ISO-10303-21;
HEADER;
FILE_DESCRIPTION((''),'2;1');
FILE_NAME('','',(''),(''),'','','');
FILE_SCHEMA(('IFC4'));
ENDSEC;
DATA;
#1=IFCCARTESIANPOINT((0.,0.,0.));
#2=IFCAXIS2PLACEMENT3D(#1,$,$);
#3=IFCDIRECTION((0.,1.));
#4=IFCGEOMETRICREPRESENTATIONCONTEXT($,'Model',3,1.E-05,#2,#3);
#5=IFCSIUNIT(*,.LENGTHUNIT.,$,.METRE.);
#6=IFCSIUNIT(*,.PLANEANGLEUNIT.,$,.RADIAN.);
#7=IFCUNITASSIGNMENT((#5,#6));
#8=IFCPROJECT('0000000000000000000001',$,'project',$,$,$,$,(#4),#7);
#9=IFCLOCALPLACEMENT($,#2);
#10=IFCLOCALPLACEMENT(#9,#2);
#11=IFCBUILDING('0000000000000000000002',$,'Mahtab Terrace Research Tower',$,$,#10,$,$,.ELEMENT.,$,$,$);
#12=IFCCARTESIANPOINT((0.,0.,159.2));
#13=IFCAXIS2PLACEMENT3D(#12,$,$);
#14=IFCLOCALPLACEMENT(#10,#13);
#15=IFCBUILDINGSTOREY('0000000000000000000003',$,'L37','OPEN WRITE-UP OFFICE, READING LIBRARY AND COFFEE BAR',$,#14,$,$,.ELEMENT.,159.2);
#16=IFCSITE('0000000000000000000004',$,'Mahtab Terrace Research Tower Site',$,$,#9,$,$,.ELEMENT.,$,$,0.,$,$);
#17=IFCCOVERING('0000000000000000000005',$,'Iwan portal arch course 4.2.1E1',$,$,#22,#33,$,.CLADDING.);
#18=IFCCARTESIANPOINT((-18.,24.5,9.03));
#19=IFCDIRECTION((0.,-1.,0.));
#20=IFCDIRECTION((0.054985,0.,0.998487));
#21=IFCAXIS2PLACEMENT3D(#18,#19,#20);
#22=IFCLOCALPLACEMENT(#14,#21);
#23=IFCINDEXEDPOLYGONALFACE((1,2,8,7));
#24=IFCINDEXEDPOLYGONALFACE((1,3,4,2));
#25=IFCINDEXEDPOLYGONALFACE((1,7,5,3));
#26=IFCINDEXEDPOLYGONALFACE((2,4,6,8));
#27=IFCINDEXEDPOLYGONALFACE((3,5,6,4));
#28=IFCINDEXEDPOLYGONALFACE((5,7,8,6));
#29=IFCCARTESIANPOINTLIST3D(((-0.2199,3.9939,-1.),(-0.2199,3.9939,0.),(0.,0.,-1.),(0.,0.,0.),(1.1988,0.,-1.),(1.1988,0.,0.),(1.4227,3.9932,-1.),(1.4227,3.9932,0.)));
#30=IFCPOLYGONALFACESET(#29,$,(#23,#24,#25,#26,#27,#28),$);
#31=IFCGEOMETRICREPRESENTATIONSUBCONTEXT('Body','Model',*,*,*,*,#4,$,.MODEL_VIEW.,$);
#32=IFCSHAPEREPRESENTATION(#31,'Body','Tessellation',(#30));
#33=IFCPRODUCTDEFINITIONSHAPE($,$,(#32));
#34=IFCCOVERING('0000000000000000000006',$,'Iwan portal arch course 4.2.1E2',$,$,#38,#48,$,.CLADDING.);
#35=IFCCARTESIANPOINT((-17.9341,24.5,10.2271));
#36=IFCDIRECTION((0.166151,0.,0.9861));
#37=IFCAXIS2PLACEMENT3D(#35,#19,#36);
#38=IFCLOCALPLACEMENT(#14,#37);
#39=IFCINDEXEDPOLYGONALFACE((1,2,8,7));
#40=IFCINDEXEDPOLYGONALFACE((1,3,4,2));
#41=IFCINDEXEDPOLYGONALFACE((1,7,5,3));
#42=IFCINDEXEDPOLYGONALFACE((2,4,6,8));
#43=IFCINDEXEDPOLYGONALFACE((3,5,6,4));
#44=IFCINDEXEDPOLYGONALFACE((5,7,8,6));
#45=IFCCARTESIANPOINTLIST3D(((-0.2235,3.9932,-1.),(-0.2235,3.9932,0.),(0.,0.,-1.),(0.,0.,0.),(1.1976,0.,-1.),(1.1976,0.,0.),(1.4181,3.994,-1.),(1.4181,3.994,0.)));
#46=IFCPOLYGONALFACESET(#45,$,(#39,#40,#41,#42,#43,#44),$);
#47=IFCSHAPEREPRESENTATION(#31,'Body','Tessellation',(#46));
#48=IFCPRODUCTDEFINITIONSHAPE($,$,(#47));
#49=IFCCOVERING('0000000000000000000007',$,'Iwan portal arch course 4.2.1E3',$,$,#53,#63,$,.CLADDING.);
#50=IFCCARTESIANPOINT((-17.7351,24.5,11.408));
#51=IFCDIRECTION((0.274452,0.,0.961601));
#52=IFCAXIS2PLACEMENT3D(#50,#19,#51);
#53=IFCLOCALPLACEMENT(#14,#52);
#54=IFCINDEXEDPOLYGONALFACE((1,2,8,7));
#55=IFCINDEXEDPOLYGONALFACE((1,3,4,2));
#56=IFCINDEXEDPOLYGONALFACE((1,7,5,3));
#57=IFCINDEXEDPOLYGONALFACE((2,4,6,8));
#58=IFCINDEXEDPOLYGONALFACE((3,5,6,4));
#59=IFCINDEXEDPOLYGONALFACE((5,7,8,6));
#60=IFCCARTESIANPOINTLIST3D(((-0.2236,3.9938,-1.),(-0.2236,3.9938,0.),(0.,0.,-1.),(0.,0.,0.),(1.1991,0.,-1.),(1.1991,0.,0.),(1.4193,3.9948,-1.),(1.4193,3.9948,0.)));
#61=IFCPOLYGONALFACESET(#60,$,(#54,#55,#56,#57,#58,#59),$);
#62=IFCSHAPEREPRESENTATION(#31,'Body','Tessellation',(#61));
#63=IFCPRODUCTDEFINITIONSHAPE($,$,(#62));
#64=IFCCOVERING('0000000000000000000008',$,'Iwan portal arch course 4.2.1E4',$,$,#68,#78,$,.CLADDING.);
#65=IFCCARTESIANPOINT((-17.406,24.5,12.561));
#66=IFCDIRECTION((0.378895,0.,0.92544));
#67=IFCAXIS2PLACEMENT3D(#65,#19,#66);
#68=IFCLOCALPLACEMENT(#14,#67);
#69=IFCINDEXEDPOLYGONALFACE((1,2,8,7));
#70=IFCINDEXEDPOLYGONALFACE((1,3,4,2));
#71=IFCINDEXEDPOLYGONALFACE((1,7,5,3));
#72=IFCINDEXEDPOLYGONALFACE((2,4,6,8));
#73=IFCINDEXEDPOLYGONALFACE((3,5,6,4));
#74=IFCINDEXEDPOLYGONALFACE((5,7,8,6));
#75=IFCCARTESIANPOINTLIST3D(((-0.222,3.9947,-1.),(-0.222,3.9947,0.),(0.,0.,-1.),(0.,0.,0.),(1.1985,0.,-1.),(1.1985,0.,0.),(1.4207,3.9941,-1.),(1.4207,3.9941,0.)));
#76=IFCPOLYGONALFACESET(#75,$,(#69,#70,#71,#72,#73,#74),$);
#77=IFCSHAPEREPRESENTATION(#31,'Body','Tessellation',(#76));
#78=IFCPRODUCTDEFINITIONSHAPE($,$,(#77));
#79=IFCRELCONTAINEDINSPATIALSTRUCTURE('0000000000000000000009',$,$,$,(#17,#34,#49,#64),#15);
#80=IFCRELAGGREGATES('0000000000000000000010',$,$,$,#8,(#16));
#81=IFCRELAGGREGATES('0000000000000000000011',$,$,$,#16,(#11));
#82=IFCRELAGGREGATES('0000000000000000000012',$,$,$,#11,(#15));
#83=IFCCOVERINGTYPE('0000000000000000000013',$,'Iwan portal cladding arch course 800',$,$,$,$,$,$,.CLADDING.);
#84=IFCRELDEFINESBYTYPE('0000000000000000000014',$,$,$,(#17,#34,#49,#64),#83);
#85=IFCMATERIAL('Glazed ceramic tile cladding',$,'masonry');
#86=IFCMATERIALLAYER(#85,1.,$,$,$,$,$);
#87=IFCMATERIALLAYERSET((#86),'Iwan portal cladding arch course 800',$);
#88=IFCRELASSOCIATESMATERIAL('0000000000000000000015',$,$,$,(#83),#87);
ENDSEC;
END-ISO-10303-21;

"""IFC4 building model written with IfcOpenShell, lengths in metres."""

from ifc_helpers import new_model, si_unit, direction, frame, origin, place, context, subcontext, project, spatial, polyline, outline, extrude, material, layer, layer_set, type_object, element, save


model = new_model("IFC4")

# Units and contexts
model_context = context("Model", 3, precision=1e-05, world=origin(), true_north=direction((0.0, 1.0)))
body_context = subcontext(model_context, "Body", "Model", "MODEL_VIEW")
ifc_project = project(units=[si_unit("LENGTHUNIT", "METRE"), si_unit("PLANEANGLEUNIT", "RADIAN")], contexts=[model_context])

# Site, building, storey
site_placement = place(None, origin())
site = spatial("IfcSite", under=ifc_project, at=site_placement, Name="Mahtab Terrace Research Tower Site", CompositionType="ELEMENT", RefElevation=0.0)
building_placement = place(site_placement, origin())
building = spatial("IfcBuilding", under=site, at=building_placement, Name="Mahtab Terrace Research Tower", CompositionType="ELEMENT")
storey_placement = place(building_placement, frame((0.0, 0.0, 159.2)))
storey = spatial("IfcBuildingStorey", under=building, at=storey_placement, Name="L37", Description="OPEN WRITE-UP OFFICE, READING LIBRARY AND COFFEE BAR", CompositionType="ELEMENT", Elevation=159.2)

# Coverings
ifc_material_1 = material(Name="Glazed ceramic tile cladding", Category="masonry")
ifc_layer_1 = layer(ifc_material_1, 1.0)
ifc_layer_set_1 = layer_set([ifc_layer_1], Name="Iwan portal cladding arch course 800")
covering_type_1 = type_object("IfcCoveringType", Name="Iwan portal cladding arch course 800", PredefinedType="CLADDING", material=ifc_layer_set_1)
covering_1_placement = place(storey_placement, frame((-18.0, 24.5, 9.03), z_axis=(0.0, -1.0, 0.0), x_axis=(0.054985, 0.0, 0.998487)))
element("IfcCovering", 1, at=covering_1_placement, inside=storey, type_object=covering_type_1, Name="Iwan portal arch course 4.2.1E1", PredefinedType="CLADDING", context=body_context, shape_type="SweptSolid", body=[
    extrude(outline(polyline([(0.0, 0.0), (1.1988, 0.0), (1.4227, 3.9932), (-0.2199, 3.9939), (0.0, 0.0)])), origin(), (0.0, 0.0, -1.0), 1.0),
])
covering_2_placement = place(storey_placement, frame((-17.9341, 24.5, 10.2271), z_axis=(0.0, -1.0, 0.0), x_axis=(0.166151, 0.0, 0.9861)))
element("IfcCovering", 2, at=covering_2_placement, inside=storey, type_object=covering_type_1, Name="Iwan portal arch course 4.2.1E2", PredefinedType="CLADDING", context=body_context, shape_type="SweptSolid", body=[
    extrude(outline(polyline([(0.0, 0.0), (1.1976, 0.0), (1.4181, 3.994), (-0.2235, 3.9932), (0.0, 0.0)])), origin(), (0.0, 0.0, -1.0), 1.0),
])
covering_3_placement = place(storey_placement, frame((-17.7351, 24.5, 11.408), z_axis=(0.0, -1.0, 0.0), x_axis=(0.274452, 0.0, 0.961601)))
element("IfcCovering", 3, at=covering_3_placement, inside=storey, type_object=covering_type_1, Name="Iwan portal arch course 4.2.1E3", PredefinedType="CLADDING", context=body_context, shape_type="SweptSolid", body=[
    extrude(outline(polyline([(0.0, 0.0), (1.1991, 0.0), (1.4193, 3.9948), (-0.2236, 3.9938), (0.0, 0.0)])), origin(), (0.0, 0.0, -1.0), 1.0),
])
covering_4_placement = place(storey_placement, frame((-17.406, 24.5, 12.561), z_axis=(0.0, -1.0, 0.0), x_axis=(0.378895, 0.0, 0.92544)))
element("IfcCovering", 4, at=covering_4_placement, inside=storey, type_object=covering_type_1, Name="Iwan portal arch course 4.2.1E4", PredefinedType="CLADDING", context=body_context, shape_type="SweptSolid", body=[
    extrude(outline(polyline([(0.0, 0.0), (1.1985, 0.0), (1.4207, 3.9941), (-0.222, 3.9947), (0.0, 0.0)])), origin(), (0.0, 0.0, -1.0), 1.0),
])

save(model, "model.ifc")
